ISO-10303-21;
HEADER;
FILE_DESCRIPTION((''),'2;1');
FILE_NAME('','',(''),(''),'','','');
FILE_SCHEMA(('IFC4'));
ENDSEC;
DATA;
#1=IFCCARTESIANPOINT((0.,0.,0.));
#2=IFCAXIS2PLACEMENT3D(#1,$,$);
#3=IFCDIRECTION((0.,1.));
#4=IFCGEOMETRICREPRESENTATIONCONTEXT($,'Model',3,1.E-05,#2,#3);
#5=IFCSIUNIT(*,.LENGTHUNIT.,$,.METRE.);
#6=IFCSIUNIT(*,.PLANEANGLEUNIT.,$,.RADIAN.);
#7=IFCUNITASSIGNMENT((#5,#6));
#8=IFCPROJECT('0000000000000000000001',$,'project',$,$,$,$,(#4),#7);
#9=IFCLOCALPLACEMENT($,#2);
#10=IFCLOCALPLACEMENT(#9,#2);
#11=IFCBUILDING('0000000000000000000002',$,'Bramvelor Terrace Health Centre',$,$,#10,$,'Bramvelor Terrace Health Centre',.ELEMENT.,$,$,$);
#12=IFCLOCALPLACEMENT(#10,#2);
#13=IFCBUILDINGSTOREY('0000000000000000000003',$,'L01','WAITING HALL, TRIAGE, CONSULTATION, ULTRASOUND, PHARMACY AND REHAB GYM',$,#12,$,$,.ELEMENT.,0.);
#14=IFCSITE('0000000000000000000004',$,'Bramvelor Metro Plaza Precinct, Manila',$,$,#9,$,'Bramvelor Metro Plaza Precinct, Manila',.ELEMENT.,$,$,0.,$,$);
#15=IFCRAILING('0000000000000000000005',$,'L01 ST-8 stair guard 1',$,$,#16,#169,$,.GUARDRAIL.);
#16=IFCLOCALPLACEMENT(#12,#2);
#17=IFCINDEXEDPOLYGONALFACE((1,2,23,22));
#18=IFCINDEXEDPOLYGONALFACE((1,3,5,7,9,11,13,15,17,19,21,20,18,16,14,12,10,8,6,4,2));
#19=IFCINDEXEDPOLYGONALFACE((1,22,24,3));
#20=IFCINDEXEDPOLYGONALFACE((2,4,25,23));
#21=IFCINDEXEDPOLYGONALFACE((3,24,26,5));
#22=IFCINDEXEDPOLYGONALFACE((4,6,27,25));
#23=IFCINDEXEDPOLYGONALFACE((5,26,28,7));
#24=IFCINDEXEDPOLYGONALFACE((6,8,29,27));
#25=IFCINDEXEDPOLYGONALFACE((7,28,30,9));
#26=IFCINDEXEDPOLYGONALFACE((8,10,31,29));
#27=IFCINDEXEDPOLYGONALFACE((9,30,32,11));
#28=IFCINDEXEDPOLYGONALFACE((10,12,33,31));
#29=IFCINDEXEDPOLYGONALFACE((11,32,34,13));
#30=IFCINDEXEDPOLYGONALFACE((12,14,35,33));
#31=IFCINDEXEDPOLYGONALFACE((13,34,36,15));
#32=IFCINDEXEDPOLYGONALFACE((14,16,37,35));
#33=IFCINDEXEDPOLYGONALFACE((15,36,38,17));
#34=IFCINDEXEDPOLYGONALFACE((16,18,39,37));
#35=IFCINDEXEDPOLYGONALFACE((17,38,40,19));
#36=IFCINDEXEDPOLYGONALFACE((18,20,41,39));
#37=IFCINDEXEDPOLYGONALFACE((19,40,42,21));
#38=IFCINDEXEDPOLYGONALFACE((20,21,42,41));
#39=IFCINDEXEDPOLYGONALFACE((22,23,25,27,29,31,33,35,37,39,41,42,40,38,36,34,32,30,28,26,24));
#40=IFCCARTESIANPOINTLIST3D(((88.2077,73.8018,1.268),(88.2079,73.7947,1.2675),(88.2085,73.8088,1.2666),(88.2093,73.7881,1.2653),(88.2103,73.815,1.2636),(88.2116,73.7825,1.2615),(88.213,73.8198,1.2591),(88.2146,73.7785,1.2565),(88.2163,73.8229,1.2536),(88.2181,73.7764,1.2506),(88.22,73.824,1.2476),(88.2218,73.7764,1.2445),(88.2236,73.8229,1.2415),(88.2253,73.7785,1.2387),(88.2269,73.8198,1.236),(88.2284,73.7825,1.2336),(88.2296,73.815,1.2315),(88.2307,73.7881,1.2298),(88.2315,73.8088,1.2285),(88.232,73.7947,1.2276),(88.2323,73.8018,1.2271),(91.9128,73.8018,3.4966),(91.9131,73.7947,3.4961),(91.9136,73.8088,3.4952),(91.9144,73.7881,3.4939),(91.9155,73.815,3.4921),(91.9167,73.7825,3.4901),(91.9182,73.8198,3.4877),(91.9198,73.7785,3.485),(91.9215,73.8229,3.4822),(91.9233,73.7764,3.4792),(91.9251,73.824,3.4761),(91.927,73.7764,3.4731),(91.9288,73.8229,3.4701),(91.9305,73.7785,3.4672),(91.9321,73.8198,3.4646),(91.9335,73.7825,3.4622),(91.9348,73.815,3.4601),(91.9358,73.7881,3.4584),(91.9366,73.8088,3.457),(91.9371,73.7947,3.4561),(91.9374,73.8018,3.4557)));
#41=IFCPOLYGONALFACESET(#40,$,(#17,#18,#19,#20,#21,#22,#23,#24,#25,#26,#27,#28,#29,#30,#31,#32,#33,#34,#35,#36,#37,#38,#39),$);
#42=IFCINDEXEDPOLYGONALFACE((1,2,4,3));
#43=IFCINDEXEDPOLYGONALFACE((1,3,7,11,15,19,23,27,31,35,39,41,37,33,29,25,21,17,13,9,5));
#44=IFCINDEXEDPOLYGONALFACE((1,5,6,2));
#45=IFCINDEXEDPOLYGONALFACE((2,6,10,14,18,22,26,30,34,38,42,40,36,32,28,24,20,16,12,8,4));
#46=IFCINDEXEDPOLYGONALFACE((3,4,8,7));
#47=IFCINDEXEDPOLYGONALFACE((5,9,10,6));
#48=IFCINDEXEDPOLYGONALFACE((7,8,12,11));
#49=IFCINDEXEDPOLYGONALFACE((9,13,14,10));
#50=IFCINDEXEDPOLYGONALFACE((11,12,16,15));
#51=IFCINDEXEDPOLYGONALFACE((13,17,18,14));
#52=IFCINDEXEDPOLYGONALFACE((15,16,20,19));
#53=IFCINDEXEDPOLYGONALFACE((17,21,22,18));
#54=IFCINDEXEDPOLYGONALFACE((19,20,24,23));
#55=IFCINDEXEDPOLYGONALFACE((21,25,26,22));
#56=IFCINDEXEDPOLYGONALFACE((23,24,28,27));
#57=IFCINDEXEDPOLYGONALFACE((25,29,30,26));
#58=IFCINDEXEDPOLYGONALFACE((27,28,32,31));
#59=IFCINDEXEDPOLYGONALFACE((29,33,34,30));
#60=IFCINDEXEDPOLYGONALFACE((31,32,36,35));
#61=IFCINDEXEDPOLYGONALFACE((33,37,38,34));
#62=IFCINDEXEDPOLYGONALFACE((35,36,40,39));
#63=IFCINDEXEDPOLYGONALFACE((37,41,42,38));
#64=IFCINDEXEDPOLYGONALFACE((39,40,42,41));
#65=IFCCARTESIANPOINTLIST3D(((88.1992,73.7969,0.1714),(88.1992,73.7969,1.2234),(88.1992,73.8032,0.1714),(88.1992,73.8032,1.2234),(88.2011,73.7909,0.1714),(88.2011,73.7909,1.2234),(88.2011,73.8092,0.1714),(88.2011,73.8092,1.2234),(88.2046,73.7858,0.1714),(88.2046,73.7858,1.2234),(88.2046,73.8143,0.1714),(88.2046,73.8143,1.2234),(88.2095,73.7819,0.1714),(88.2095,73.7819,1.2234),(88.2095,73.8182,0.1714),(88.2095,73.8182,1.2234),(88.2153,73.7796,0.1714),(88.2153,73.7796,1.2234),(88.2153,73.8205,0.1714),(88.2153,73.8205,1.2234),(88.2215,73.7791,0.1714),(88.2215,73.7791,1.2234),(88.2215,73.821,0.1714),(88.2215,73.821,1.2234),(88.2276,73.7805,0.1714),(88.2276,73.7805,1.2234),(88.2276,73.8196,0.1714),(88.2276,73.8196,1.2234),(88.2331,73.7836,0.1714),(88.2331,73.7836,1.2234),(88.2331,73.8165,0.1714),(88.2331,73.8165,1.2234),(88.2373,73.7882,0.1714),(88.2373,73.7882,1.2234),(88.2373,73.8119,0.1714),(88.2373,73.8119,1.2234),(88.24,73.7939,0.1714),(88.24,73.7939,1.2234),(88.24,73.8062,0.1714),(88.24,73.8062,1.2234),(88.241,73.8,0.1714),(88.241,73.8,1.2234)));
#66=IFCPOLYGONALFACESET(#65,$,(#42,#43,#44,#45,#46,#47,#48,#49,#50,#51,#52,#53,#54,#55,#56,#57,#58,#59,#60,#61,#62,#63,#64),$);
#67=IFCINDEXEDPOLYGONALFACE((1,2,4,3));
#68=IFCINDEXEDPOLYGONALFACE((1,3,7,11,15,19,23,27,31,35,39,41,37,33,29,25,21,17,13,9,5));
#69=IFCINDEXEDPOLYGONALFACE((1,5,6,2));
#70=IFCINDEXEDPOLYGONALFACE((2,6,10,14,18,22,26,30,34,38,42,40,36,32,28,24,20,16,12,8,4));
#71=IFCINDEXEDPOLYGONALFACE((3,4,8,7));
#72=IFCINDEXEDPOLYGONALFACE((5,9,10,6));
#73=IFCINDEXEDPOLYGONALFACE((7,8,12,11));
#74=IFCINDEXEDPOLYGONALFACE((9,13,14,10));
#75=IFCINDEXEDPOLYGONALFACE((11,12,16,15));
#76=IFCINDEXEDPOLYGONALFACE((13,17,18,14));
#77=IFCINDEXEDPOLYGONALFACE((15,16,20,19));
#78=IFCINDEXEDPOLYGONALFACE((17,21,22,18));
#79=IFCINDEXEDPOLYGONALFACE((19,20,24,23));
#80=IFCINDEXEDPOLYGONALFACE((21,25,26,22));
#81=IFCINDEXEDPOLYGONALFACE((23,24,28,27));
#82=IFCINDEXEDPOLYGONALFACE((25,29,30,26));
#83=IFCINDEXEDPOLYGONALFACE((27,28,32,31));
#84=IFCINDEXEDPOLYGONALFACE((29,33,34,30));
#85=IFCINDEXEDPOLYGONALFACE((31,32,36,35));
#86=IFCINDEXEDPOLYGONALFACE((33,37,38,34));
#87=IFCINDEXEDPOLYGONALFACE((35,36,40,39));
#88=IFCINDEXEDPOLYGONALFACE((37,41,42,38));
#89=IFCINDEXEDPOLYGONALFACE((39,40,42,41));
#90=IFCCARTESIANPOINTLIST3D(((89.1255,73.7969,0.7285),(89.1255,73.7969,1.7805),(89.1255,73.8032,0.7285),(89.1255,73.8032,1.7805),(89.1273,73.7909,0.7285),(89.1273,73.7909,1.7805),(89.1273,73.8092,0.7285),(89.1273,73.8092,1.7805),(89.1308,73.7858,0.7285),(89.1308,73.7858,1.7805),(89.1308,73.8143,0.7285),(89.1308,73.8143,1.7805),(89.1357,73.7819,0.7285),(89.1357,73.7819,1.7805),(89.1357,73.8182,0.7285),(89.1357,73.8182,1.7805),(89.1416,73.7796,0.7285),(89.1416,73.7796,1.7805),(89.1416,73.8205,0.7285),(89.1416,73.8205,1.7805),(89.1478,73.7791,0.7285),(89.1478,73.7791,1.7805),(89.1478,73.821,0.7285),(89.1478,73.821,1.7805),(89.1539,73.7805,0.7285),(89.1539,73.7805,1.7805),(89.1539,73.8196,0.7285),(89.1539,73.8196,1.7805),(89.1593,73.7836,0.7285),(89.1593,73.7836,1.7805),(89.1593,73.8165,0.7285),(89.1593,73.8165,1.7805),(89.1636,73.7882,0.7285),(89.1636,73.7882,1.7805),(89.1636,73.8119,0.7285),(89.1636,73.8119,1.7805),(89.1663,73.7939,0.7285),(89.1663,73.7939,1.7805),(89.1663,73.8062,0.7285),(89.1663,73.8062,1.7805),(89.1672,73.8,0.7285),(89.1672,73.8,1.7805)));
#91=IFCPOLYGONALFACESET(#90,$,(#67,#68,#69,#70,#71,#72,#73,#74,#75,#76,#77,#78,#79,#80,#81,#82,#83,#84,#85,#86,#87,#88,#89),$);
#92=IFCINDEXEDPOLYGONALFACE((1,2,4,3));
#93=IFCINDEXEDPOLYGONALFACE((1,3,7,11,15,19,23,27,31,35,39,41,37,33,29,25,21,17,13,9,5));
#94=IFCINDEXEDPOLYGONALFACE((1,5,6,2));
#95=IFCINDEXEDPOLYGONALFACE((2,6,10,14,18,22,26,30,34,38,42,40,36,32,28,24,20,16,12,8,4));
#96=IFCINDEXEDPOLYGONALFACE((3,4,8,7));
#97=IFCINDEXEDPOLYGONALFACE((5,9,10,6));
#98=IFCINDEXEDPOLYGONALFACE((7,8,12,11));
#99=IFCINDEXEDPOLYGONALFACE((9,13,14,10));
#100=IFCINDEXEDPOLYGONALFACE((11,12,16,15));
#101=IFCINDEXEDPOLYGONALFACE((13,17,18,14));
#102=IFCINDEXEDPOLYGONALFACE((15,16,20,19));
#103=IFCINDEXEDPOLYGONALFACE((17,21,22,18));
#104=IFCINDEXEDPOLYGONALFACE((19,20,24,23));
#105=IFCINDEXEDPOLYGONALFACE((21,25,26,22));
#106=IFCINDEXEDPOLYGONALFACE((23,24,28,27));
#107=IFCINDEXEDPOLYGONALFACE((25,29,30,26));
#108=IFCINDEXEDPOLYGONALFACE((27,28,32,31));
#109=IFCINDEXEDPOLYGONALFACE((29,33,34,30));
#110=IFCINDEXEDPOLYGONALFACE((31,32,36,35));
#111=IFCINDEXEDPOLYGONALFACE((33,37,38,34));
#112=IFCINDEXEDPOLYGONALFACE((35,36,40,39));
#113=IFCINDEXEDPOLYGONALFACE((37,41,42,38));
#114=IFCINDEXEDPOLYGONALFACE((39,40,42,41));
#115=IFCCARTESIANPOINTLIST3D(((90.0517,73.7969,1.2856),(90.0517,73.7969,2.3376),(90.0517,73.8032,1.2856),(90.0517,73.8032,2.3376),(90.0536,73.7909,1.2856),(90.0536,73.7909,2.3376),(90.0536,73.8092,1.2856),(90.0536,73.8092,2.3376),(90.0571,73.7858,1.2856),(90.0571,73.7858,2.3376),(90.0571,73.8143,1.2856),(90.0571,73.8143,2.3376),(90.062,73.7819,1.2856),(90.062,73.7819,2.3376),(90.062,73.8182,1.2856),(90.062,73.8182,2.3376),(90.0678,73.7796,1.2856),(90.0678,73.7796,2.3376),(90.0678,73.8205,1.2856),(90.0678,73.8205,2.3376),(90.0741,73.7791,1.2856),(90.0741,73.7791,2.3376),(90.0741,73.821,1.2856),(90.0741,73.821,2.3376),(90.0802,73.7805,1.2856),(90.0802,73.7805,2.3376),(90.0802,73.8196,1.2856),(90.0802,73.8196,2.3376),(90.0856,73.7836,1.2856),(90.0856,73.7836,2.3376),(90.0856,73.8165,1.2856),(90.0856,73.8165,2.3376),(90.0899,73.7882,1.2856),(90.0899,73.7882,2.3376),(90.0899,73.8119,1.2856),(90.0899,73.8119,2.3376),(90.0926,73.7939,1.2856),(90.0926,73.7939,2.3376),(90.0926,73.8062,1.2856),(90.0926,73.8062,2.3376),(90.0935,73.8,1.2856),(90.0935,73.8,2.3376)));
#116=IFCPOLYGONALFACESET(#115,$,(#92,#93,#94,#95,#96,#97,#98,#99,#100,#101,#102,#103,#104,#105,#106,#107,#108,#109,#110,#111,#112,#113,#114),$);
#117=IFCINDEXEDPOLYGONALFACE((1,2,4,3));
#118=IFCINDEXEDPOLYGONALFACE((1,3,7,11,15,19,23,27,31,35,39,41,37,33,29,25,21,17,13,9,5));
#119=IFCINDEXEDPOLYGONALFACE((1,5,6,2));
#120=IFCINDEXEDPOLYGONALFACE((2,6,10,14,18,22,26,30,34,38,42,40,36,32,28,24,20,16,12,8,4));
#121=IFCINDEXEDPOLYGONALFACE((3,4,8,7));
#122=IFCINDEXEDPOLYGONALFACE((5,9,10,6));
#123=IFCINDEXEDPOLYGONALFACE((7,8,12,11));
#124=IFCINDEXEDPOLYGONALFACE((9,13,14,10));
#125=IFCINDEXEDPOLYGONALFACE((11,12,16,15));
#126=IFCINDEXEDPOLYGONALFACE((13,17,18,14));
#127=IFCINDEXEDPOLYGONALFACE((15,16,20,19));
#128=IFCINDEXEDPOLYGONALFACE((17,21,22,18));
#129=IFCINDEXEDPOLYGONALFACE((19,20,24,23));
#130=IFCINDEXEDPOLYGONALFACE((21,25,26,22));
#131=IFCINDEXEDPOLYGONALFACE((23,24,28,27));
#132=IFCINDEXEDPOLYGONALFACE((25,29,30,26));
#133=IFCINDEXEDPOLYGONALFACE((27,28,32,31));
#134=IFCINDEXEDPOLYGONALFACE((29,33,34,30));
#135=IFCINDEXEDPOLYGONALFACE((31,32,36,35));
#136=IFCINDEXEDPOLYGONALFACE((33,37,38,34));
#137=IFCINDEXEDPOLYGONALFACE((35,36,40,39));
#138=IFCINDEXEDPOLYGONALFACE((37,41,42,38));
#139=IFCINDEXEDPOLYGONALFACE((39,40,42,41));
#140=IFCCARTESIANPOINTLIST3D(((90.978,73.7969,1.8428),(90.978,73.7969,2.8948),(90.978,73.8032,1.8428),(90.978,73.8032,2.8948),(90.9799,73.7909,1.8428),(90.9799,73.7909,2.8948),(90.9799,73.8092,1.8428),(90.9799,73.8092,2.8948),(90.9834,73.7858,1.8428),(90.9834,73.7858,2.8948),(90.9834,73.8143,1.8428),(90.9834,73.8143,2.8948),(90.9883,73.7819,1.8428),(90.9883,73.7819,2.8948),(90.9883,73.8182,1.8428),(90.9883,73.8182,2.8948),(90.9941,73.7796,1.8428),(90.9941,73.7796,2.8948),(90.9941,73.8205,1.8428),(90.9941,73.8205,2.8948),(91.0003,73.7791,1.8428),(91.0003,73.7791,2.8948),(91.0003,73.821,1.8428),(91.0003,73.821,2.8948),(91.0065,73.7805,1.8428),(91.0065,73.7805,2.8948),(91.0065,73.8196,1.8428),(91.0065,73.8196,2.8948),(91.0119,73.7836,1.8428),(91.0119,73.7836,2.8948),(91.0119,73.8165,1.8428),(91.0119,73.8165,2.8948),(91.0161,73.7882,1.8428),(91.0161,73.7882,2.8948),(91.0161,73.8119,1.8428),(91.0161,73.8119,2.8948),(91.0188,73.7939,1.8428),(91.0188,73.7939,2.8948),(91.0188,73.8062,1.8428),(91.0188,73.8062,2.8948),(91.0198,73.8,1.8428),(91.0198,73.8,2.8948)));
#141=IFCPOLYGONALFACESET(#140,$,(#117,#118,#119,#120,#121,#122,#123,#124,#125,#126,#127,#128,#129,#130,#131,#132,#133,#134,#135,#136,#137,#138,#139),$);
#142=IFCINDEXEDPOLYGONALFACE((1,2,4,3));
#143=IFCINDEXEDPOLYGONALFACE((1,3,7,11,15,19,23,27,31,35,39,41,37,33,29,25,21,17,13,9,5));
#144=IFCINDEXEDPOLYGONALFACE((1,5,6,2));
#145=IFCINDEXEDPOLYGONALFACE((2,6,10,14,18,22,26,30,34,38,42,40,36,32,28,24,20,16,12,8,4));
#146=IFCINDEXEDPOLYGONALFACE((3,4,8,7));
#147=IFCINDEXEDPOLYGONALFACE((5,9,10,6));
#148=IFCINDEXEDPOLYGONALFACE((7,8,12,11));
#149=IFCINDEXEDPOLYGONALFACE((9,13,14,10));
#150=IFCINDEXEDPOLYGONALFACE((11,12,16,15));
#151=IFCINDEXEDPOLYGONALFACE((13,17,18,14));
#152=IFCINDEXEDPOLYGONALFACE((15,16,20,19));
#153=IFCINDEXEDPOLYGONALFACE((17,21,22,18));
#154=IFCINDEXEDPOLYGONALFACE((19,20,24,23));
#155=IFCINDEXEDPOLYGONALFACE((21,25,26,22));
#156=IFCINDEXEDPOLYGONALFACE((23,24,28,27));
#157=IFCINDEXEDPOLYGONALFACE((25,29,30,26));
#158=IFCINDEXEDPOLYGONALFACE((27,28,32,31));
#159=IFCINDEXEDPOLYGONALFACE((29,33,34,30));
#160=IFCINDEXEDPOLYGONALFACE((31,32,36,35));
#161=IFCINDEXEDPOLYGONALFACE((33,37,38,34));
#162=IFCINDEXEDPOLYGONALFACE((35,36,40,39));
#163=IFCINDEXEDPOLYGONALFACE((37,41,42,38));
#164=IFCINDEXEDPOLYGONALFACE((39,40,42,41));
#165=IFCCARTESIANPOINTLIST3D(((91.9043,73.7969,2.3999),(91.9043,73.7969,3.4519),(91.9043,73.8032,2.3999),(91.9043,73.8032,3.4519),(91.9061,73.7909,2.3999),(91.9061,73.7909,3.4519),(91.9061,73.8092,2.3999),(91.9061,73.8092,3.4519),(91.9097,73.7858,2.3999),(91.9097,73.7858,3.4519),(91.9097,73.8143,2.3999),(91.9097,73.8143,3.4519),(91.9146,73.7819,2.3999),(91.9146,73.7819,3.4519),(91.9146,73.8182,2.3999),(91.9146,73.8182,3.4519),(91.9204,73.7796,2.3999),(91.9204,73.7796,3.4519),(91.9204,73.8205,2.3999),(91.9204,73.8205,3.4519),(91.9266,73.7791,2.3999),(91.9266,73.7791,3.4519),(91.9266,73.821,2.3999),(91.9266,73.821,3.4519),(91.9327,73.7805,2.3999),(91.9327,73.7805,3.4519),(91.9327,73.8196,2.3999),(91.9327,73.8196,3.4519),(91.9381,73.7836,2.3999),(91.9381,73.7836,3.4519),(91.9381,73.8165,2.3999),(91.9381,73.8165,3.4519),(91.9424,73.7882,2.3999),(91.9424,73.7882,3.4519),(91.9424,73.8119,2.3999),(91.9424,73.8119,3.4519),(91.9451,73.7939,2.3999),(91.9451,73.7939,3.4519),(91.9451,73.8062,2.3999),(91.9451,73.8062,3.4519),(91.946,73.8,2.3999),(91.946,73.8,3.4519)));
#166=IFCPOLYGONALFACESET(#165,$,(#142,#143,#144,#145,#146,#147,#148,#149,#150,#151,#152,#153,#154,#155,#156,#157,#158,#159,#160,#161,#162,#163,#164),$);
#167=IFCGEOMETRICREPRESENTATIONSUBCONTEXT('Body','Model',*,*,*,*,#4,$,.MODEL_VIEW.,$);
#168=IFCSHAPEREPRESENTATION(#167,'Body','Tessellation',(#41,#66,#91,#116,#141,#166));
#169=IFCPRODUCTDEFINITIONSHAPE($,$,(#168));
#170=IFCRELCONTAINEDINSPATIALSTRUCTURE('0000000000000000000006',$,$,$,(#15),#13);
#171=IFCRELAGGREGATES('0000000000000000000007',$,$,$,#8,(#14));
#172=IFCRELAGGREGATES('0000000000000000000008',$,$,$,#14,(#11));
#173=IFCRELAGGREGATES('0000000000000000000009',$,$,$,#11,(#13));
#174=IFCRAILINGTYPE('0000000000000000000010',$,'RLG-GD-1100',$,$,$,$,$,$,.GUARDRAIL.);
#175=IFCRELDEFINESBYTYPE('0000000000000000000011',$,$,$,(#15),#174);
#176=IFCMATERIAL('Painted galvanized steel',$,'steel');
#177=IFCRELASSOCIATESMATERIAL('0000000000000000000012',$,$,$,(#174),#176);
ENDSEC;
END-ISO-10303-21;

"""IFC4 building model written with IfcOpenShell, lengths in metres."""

from ifc_helpers import new_model, si_unit, direction, frame, origin, origin_2d, place, context, subcontext, project, spatial, circle, extrude, material, type_object, element, save


model = new_model("IFC4")

# Units and contexts
model_context = context("Model", 3, precision=1e-05, world=origin(), true_north=direction((0.0, 1.0)))
body_context = subcontext(model_context, "Body", "Model", "MODEL_VIEW")
ifc_project = project(units=[si_unit("LENGTHUNIT", "METRE"), si_unit("PLANEANGLEUNIT", "RADIAN")], contexts=[model_context])

# Site, building, storey
site_placement = place(None, origin())
site = spatial("IfcSite", under=ifc_project, at=site_placement, Name="Bramvelor Metro Plaza Precinct, Manila", LongName="Bramvelor Metro Plaza Precinct, Manila", CompositionType="ELEMENT", RefElevation=0.0)
building_placement = place(site_placement, origin())
building = spatial("IfcBuilding", under=site, at=building_placement, Name="Bramvelor Terrace Health Centre", LongName="Bramvelor Terrace Health Centre", CompositionType="ELEMENT")
storey_placement = place(building_placement, origin())
storey = spatial("IfcBuildingStorey", under=building, at=storey_placement, Name="L01", Description="WAITING HALL, TRIAGE, CONSULTATION, ULTRASOUND, PHARMACY AND REHAB GYM", CompositionType="ELEMENT", Elevation=0.0)

# Railing
ifc_material_1 = material(Name="Painted galvanized steel", Category="steel")
railing_type_1 = type_object("IfcRailingType", Name="RLG-GD-1100", PredefinedType="GUARDRAIL", material=ifc_material_1)
railing_1_placement = place(storey_placement, frame((88.22, 73.8, 0.1714)))
element("IfcRailing", 1, at=railing_1_placement, inside=storey, type_object=railing_type_1, Name="L01 ST-8 stair guard 1", PredefinedType="GUARDRAIL", context=body_context, shape_type="SweptSolid", body=[
    extrude(circle(Radius=0.0239, at=origin_2d()), frame((0.0, 0.0, 1.0762), z_axis=(0.856934, 0.0, 0.515425), x_axis=(0.0, 1.0, 0.0)), (0.0, 0.0, 1.0), 4.3237),
    extrude(circle(Radius=0.021, at=origin_2d()), origin(), (0.0, 0.0, 1.0), 1.052),
    extrude(circle(Radius=0.021, at=origin_2d()), frame((0.9263, 0.0, 0.5571)), (0.0, 0.0, 1.0), 1.052),
    extrude(circle(Radius=0.021, at=origin_2d()), frame((1.8525, 0.0, 1.1143)), (0.0, 0.0, 1.0), 1.052),
    extrude(circle(Radius=0.021, at=origin_2d()), frame((2.7788, 0.0, 1.6714)), (0.0, 0.0, 1.0), 1.052),
    extrude(circle(Radius=0.021, at=origin_2d()), frame((3.7051, 0.0, 2.2285)), (0.0, 0.0, 1.0), 1.052),
])

save(model, "model.ifc")
